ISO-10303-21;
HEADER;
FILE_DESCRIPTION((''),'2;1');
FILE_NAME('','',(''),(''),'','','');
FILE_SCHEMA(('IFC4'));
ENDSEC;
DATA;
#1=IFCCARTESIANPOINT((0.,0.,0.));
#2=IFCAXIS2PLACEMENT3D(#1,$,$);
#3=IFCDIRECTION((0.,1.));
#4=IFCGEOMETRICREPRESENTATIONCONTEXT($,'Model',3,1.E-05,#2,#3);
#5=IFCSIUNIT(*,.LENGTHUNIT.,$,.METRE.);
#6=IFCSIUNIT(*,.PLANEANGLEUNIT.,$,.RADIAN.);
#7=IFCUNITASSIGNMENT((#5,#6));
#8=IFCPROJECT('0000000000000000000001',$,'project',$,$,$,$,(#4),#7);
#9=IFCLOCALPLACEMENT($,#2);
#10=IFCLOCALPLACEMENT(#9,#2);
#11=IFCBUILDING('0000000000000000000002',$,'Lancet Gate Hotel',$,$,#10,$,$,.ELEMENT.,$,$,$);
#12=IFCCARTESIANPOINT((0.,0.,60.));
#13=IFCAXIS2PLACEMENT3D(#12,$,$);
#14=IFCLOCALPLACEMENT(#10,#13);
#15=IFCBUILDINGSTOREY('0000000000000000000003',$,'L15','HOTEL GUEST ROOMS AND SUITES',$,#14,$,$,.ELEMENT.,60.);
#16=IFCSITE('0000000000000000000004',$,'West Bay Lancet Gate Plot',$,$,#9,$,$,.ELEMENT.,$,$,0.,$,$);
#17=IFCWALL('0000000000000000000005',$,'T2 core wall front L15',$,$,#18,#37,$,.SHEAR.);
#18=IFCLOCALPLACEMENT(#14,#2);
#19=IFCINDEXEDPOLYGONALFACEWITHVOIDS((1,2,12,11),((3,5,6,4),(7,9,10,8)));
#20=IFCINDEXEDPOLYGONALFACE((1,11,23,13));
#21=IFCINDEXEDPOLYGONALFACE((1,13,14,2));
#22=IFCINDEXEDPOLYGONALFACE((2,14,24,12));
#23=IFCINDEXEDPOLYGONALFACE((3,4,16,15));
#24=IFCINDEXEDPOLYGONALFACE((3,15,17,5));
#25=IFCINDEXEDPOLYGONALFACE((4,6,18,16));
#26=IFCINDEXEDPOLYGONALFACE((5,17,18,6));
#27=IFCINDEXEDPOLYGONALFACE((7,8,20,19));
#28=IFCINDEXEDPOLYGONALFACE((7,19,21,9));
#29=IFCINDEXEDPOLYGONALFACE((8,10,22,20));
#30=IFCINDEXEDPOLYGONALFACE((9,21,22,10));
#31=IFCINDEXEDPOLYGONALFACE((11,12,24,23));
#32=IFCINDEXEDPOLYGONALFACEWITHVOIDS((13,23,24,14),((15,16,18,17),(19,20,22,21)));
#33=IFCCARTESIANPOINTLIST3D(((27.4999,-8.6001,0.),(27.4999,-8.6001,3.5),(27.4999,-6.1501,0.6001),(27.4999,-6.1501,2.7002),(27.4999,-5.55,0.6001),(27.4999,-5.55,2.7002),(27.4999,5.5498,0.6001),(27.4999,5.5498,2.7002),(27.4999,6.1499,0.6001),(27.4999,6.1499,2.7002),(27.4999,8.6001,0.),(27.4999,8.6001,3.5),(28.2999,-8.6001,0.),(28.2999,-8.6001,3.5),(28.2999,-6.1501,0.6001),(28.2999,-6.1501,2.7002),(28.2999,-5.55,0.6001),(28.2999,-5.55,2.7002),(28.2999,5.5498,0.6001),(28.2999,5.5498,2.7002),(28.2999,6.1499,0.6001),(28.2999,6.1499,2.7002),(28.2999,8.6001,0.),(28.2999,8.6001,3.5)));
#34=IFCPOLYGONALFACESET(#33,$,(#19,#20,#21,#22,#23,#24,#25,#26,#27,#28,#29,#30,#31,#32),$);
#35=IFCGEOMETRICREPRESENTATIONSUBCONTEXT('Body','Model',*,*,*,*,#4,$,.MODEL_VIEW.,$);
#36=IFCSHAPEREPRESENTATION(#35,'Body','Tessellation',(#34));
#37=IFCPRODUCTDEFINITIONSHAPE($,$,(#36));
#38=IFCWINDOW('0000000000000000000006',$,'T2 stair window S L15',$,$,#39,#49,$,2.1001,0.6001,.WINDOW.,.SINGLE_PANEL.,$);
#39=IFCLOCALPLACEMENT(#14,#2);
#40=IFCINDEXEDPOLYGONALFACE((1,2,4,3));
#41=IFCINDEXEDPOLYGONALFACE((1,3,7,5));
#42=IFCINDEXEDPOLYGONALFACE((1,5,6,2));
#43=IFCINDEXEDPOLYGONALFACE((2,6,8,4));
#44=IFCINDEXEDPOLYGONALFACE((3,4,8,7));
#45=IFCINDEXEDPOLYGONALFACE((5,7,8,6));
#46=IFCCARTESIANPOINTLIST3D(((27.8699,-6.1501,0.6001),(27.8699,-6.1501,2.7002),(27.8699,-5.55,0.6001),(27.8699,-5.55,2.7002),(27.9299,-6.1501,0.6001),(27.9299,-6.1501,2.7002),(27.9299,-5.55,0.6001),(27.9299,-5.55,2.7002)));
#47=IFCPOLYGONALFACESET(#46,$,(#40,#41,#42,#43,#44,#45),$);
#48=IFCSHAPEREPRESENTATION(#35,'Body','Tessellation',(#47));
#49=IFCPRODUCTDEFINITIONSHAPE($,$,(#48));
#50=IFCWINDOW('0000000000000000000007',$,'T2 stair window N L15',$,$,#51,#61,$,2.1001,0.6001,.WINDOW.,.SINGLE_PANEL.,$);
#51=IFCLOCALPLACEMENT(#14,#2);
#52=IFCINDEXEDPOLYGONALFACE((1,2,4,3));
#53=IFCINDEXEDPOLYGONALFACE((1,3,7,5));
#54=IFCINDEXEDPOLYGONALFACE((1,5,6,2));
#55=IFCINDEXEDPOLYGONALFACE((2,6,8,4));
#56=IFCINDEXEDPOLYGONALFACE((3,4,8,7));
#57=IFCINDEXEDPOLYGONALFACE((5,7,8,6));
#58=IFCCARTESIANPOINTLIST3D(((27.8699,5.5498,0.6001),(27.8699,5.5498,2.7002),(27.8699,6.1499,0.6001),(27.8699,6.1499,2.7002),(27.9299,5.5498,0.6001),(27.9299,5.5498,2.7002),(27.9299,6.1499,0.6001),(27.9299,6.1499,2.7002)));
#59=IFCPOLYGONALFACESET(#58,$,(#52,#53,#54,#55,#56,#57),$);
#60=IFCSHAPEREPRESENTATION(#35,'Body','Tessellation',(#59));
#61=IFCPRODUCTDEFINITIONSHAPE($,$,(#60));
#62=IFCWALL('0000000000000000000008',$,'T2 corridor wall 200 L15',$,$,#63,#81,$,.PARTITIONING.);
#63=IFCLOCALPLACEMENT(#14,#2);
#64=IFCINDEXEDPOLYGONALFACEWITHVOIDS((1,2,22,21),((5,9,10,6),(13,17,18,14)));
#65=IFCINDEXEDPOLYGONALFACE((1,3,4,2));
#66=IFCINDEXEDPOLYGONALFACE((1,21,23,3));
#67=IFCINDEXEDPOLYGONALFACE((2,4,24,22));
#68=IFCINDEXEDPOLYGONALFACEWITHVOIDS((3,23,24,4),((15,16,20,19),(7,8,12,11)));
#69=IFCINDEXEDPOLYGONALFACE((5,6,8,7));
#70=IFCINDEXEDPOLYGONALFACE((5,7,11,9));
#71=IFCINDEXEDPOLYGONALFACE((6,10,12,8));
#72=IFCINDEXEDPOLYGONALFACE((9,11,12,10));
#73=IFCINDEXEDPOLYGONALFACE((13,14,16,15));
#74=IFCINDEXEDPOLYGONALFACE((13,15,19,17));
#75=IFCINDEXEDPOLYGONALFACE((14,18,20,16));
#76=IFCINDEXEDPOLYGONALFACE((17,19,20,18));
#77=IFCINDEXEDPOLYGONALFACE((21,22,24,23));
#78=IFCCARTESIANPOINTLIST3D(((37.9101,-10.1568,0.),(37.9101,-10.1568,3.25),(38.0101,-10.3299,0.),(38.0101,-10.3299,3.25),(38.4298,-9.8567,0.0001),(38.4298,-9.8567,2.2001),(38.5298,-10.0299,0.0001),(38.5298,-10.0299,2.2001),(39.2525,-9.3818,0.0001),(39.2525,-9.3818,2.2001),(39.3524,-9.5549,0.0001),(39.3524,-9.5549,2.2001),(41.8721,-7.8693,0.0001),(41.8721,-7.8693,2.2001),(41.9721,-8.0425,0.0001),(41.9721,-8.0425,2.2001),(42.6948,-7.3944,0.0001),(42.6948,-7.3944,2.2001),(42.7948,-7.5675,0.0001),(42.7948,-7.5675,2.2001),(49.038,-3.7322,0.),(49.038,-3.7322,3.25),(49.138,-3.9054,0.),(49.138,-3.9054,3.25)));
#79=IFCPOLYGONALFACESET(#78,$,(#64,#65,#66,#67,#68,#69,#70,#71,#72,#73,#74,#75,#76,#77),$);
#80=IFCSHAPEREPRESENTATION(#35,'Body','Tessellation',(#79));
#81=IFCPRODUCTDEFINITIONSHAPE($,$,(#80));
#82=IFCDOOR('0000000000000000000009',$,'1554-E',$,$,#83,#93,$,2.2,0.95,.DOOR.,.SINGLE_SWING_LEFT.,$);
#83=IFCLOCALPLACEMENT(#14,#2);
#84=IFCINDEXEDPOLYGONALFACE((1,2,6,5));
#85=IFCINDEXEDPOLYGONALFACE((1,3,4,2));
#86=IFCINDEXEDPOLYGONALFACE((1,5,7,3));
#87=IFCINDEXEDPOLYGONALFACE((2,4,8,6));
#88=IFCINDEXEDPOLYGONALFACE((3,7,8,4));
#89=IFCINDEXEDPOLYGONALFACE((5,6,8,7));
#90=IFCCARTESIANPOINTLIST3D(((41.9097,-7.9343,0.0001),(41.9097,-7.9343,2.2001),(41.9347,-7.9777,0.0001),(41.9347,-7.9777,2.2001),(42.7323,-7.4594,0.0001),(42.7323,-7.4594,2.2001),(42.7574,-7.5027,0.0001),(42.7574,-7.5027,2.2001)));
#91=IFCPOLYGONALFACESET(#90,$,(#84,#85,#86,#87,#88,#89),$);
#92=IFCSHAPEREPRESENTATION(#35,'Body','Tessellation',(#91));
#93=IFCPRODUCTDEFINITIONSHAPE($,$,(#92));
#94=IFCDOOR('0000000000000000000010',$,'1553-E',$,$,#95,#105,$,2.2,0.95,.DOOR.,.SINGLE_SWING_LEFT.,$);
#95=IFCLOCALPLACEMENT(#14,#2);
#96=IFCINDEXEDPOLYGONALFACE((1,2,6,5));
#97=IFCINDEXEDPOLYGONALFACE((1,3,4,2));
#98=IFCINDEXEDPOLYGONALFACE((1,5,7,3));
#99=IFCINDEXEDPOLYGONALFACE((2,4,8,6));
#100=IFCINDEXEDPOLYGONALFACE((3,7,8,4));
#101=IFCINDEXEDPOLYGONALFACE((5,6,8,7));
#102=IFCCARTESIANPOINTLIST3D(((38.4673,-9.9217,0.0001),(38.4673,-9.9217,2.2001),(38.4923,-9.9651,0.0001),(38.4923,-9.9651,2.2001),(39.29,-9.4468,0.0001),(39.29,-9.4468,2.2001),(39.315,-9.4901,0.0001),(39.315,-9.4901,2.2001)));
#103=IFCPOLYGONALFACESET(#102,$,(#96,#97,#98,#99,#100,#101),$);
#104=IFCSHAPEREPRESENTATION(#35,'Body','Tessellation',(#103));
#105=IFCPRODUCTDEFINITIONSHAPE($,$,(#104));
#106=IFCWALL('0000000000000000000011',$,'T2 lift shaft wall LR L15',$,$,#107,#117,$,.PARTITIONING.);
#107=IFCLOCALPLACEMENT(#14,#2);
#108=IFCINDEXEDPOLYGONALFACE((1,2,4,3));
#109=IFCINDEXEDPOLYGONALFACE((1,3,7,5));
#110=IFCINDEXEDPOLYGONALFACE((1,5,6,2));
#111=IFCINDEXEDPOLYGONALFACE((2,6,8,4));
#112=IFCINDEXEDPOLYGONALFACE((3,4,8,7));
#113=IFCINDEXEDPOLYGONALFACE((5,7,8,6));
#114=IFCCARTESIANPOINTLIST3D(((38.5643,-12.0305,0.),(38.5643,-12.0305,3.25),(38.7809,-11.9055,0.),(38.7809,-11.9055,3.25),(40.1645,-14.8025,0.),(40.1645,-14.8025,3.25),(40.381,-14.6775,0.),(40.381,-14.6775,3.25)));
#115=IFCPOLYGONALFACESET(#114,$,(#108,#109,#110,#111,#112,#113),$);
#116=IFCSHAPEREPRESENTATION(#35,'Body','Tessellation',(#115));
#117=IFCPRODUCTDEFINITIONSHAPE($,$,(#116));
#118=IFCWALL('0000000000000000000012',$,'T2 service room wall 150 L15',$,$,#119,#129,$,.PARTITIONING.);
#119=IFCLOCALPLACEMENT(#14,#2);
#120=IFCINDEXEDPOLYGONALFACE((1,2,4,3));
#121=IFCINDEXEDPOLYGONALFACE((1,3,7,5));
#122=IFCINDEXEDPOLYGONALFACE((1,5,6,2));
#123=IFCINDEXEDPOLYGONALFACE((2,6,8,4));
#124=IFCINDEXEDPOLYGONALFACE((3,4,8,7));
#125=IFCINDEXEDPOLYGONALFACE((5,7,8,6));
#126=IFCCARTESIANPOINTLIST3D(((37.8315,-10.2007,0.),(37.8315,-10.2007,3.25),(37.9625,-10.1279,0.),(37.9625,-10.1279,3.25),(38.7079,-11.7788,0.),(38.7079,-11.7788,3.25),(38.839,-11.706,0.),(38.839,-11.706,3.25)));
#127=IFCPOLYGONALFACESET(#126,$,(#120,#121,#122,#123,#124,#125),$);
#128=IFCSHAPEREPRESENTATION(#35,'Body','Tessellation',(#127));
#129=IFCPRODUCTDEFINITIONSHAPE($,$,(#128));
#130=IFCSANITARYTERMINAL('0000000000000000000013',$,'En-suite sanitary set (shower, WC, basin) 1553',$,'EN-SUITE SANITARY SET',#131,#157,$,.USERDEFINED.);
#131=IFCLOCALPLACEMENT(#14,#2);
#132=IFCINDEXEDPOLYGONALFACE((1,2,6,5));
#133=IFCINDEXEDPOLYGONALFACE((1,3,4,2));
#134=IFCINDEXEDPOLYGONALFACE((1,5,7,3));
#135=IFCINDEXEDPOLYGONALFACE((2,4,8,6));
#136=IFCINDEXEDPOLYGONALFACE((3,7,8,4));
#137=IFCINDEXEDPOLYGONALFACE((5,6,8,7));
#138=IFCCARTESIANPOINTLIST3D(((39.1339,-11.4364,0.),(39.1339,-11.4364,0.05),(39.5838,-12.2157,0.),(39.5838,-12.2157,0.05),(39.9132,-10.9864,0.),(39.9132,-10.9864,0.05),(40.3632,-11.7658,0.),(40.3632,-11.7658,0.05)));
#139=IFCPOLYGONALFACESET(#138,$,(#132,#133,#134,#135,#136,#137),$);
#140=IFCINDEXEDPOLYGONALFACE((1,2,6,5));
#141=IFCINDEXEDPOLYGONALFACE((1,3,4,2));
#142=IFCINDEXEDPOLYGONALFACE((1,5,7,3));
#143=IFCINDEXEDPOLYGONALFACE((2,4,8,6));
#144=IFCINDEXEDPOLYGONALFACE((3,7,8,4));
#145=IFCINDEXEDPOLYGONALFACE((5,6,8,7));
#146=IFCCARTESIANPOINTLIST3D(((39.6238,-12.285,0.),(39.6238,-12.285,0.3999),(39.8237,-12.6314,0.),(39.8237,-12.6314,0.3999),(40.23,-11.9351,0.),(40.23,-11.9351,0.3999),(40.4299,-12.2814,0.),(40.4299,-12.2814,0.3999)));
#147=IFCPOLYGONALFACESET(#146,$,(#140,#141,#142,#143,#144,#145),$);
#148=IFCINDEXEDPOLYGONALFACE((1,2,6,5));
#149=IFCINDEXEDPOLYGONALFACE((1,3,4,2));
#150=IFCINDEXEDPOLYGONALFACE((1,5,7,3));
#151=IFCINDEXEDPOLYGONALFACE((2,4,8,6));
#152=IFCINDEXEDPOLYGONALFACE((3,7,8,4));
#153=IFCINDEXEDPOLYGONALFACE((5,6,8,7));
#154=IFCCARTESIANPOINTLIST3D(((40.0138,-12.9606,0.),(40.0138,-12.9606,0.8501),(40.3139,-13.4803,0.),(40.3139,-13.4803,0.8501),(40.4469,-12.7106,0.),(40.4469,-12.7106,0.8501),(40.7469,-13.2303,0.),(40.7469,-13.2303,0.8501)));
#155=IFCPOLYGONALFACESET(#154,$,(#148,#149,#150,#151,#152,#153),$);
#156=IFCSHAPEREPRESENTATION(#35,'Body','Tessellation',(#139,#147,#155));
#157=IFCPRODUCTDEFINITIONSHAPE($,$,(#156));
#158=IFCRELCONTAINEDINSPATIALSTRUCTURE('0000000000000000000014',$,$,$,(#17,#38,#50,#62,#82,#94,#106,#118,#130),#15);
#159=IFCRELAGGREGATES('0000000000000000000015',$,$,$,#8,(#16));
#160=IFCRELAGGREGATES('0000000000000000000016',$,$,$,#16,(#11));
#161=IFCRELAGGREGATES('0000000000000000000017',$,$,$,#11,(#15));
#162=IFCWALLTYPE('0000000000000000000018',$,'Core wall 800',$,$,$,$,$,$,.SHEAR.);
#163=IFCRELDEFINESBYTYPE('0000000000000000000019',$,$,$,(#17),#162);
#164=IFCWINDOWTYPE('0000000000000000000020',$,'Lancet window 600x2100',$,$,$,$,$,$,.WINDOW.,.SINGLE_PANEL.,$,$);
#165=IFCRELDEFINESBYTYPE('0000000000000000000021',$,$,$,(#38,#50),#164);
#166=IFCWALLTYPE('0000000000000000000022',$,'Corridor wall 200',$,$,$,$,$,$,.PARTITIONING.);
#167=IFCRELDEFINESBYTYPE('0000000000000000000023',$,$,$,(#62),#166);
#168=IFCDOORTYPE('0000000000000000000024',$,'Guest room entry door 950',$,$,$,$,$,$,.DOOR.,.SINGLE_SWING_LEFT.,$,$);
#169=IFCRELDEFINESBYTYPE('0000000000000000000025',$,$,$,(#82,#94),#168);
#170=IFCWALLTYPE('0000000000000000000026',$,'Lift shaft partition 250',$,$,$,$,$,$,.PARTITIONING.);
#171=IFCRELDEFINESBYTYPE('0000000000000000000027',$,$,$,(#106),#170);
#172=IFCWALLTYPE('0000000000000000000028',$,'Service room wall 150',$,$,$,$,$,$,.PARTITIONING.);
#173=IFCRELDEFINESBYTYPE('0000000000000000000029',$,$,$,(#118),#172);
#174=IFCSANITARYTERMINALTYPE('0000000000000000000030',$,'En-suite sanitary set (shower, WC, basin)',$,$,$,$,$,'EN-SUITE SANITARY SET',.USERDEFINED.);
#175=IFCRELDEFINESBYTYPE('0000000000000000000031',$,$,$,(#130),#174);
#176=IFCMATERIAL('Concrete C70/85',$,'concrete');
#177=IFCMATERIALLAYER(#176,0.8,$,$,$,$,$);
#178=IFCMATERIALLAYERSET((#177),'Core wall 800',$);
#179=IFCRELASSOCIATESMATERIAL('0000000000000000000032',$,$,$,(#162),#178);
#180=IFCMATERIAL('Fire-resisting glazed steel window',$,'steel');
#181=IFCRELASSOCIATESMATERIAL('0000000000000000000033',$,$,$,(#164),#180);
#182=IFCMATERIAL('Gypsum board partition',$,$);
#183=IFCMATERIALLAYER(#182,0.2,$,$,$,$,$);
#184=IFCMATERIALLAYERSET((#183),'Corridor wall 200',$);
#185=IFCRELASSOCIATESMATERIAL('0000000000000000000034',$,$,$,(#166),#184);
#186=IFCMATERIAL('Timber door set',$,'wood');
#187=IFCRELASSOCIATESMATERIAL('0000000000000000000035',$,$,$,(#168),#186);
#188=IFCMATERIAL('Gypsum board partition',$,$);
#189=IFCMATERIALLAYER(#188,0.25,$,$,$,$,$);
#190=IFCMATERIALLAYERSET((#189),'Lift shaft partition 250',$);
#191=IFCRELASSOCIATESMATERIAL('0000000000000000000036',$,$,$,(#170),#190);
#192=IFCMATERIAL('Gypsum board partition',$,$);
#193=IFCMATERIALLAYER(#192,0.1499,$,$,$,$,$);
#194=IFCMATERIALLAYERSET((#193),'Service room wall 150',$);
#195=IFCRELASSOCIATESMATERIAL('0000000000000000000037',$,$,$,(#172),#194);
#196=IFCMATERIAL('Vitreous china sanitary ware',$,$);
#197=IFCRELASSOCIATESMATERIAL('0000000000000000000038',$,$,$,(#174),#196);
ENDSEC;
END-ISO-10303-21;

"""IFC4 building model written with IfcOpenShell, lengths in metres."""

from ifc_helpers import new_model, si_unit, direction, frame, frame_2d, origin, origin_2d, place, context, subcontext, project, spatial, rectangle, extrude, material, layer, layer_set, type_object, element, fill, save


model = new_model("IFC4")

# Units and contexts
model_context = context("Model", 3, precision=1e-05, world=origin(), true_north=direction((0.0, 1.0)))
body_context = subcontext(model_context, "Body", "Model", "MODEL_VIEW")
ifc_project = project(units=[si_unit("LENGTHUNIT", "METRE"), si_unit("PLANEANGLEUNIT", "RADIAN")], contexts=[model_context])

# Site, building, storey
site_placement = place(None, origin())
site = spatial("IfcSite", under=ifc_project, at=site_placement, Name="West Bay Lancet Gate Plot", CompositionType="ELEMENT", RefElevation=0.0)
building_placement = place(site_placement, origin())
building = spatial("IfcBuilding", under=site, at=building_placement, Name="Lancet Gate Hotel", CompositionType="ELEMENT")
storey_placement = place(building_placement, frame((0.0, 0.0, 60.0)))
storey = spatial("IfcBuildingStorey", under=building, at=storey_placement, Name="L15", Description="HOTEL GUEST ROOMS AND SUITES", CompositionType="ELEMENT", Elevation=60.0)

# Wall, openings, windows
ifc_material_1 = material(Name="Concrete C70/85", Category="concrete")
ifc_layer_1 = layer(ifc_material_1, 0.8)
ifc_layer_set_1 = layer_set([ifc_layer_1], Name="Core wall 800")
wall_type_1 = type_object("IfcWallType", Name="Core wall 800", PredefinedType="SHEAR", material=ifc_layer_set_1)
wall_1_placement = place(storey_placement, frame((27.8999, -8.6001, 0.0), z_axis=(0.0, 0.0, 1.0), x_axis=(0.0, 1.0, 0.0)))
wall_1 = element("IfcWall", 1, at=wall_1_placement, inside=storey, type_object=wall_type_1, Name="T2 core wall front L15", PredefinedType="SHEAR", context=body_context, shape_type="SweptSolid", body=[
    extrude(rectangle(XDim=17.2002, YDim=0.8, at=frame_2d((8.6001, 0.0))), origin(), (0.0, 0.0, 1.0), 3.5),
])
opening_1_placement = place(wall_1_placement, frame((2.45, 0.0, 0.6001)))
opening_1 = element("IfcOpeningElement", 2, at=opening_1_placement, cuts=wall_1, PredefinedType="OPENING", context=body_context, shape_type="SweptSolid", body=[
    extrude(rectangle(XDim=0.6001, YDim=2.1001, at=frame_2d((0.3, 1.05))), frame((0.0, 0.4099, 0.0), z_axis=(0.0, -1.0, 0.0), x_axis=(1.0, 0.0, 0.0)), (0.0, 0.0, 1.0), 0.8201),
])
opening_2_placement = place(wall_1_placement, frame((14.1499, 0.0, 0.6001)))
opening_2 = element("IfcOpeningElement", 3, at=opening_2_placement, cuts=wall_1, PredefinedType="OPENING", context=body_context, shape_type="SweptSolid", body=[
    extrude(rectangle(XDim=0.6001, YDim=2.1001, at=frame_2d((0.3, 1.05))), frame((0.0, 0.4099, 0.0), z_axis=(0.0, -1.0, 0.0), x_axis=(1.0, 0.0, 0.0)), (0.0, 0.0, 1.0), 0.8201),
])
ifc_material_2 = material(Name="Fire-resisting glazed steel window", Category="steel")
window_type = type_object("IfcWindowType", Name="Lancet window 600x2100", PartitioningType="SINGLE_PANEL", PredefinedType="WINDOW", material=ifc_material_2)
window_1_placement = place(opening_1_placement, origin())
window_1 = element("IfcWindow", 4, at=window_1_placement, inside=storey, type_object=window_type, Name="T2 stair window S L15", OverallHeight=2.1001, OverallWidth=0.6001, PartitioningType="SINGLE_PANEL", PredefinedType="WINDOW", context=body_context, shape_type="SweptSolid", body=[
    extrude(rectangle(XDim=0.6001, YDim=2.1001, at=frame_2d((0.3, 1.05))), frame((0.0, 0.03, 0.0), z_axis=(0.0, -1.0, 0.0), x_axis=(1.0, 0.0, 0.0)), (0.0, 0.0, 1.0), 0.0601),
])
fill(opening_1, window_1)
window_2_placement = place(opening_2_placement, origin())
window_2 = element("IfcWindow", 5, at=window_2_placement, inside=storey, type_object=window_type, Name="T2 stair window N L15", OverallHeight=2.1001, OverallWidth=0.6001, PartitioningType="SINGLE_PANEL", PredefinedType="WINDOW", context=body_context, shape_type="SweptSolid", body=[
    extrude(rectangle(XDim=0.6001, YDim=2.1001, at=frame_2d((0.3, 1.05))), frame((0.0, 0.03, 0.0), z_axis=(0.0, -1.0, 0.0), x_axis=(1.0, 0.0, 0.0)), (0.0, 0.0, 1.0), 0.0601),
])
fill(opening_2, window_2)

# Wall, openings, doors
ifc_material_3 = material(Name="Gypsum board partition")
ifc_layer_2 = layer(ifc_material_3, 0.2)
ifc_layer_set_2 = layer_set([ifc_layer_2], Name="Corridor wall 200")
wall_type_2 = type_object("IfcWallType", Name="Corridor wall 200", PredefinedType="PARTITIONING", material=ifc_layer_set_2)
wall_2_placement = place(storey_placement, frame((37.96, -10.2434, 0.0), z_axis=(0.0, 0.0, 1.0), x_axis=(0.866031, 0.499991, 0.0)))
wall_2 = element("IfcWall", 6, at=wall_2_placement, inside=storey, type_object=wall_type_2, Name="T2 corridor wall 200 L15", PredefinedType="PARTITIONING", context=body_context, shape_type="SweptSolid", body=[
    extrude(rectangle(XDim=12.8494, YDim=0.2, at=frame_2d((6.4248, 0.0))), origin(), (0.0, 0.0, 1.0), 3.25),
])
opening_3_placement = place(wall_2_placement, frame((4.575, 0.0, 0.0)))
opening_3 = element("IfcOpeningElement", 7, at=opening_3_placement, cuts=wall_2, PredefinedType="OPENING", context=body_context, shape_type="SweptSolid", body=[
    extrude(rectangle(XDim=0.95, YDim=2.2, at=frame_2d((0.4751, 1.1001))), frame((0.0, 0.1099, 0.0), z_axis=(0.0, -1.0, 0.0), x_axis=(1.0, 0.0, 0.0)), (0.0, 0.0, 1.0), 0.22),
])
opening_4_placement = place(wall_2_placement, frame((0.6001, 0.0, 0.0)))
opening_4 = element("IfcOpeningElement", 8, at=opening_4_placement, cuts=wall_2, PredefinedType="OPENING", context=body_context, shape_type="SweptSolid", body=[
    extrude(rectangle(XDim=0.95, YDim=2.2, at=frame_2d((0.4751, 1.1001))), frame((0.0, 0.1099, 0.0), z_axis=(0.0, -1.0, 0.0), x_axis=(1.0, 0.0, 0.0)), (0.0, 0.0, 1.0), 0.22),
])
ifc_material_4 = material(Name="Timber door set", Category="wood")
door_type_1 = type_object("IfcDoorType", Name="Guest room entry door 950", OperationType="SINGLE_SWING_LEFT", PredefinedType="DOOR", material=ifc_material_4)
door_1_placement = place(opening_3_placement, origin())
door_1 = element("IfcDoor", 9, at=door_1_placement, inside=storey, type_object=door_type_1, Name="1554-E", OperationType="SINGLE_SWING_LEFT", OverallHeight=2.2, OverallWidth=0.95, PredefinedType="DOOR", context=body_context, shape_type="SweptSolid", body=[
    extrude(rectangle(XDim=0.95, YDim=2.2, at=frame_2d((0.4751, 1.1001))), frame((0.0, 0.0249, 0.0), z_axis=(0.0, -1.0, 0.0), x_axis=(1.0, 0.0, 0.0)), (0.0, 0.0, 1.0), 0.05),
])
fill(opening_3, door_1)
door_2_placement = place(opening_4_placement, origin())
door_2 = element("IfcDoor", 10, at=door_2_placement, inside=storey, type_object=door_type_1, Name="1553-E", OperationType="SINGLE_SWING_LEFT", OverallHeight=2.2, OverallWidth=0.95, PredefinedType="DOOR", context=body_context, shape_type="SweptSolid", body=[
    extrude(rectangle(XDim=0.95, YDim=2.2, at=frame_2d((0.4751, 1.1001))), frame((0.0, 0.0249, 0.0), z_axis=(0.0, -1.0, 0.0), x_axis=(1.0, 0.0, 0.0)), (0.0, 0.0, 1.0), 0.05),
])
fill(opening_4, door_2)

# Walls
ifc_material_5 = material(Name="Gypsum board partition")
ifc_layer_3 = layer(ifc_material_5, 0.25)
ifc_layer_set_3 = layer_set([ifc_layer_3], Name="Lift shaft partition 250")
wall_type_3 = type_object("IfcWallType", Name="Lift shaft partition 250", PredefinedType="PARTITIONING", material=ifc_layer_set_3)
wall_3_placement = place(storey_placement, frame((38.6726, -11.968, 0.0), z_axis=(0.0, 0.0, 1.0), x_axis=(0.499929, -0.866066, 0.0)))
element("IfcWall", 11, at=wall_3_placement, inside=storey, type_object=wall_type_3, Name="T2 lift shaft wall LR L15", PredefinedType="PARTITIONING", context=body_context, shape_type="SweptSolid", body=[
    extrude(rectangle(XDim=3.2007, YDim=0.25, at=frame_2d((1.6003, 0.0))), origin(), (0.0, 0.0, 1.0), 3.25),
])
ifc_material_6 = material(Name="Gypsum board partition")
ifc_layer_4 = layer(ifc_material_6, 0.1499)
ifc_layer_set_4 = layer_set([ifc_layer_4], Name="Service room wall 150")
wall_type_4 = type_object("IfcWallType", Name="Service room wall 150", PredefinedType="PARTITIONING", material=ifc_layer_set_4)
wall_4_placement = place(storey_placement, frame((38.7734, -11.7424, 0.0), z_axis=(0.0, 0.0, 1.0), x_axis=(-0.485528, 0.874221, 0.0)))
element("IfcWall", 12, at=wall_4_placement, inside=storey, type_object=wall_type_4, Name="T2 service room wall 150 L15", PredefinedType="PARTITIONING", context=body_context, shape_type="SweptSolid", body=[
    extrude(rectangle(XDim=1.8052, YDim=0.1499, at=frame_2d((0.9026, 0.0))), origin(), (0.0, 0.0, 1.0), 3.25),
])

# Sanitary terminal
ifc_material_7 = material(Name="Vitreous china sanitary ware")
sanitary_terminal_type = type_object("IfcSanitaryTerminalType", Name="En-suite sanitary set (shower, WC, basin)", ElementType="EN-SUITE SANITARY SET", PredefinedType="USERDEFINED", material=ifc_material_7)
sanitary_terminal_placement = place(storey_placement, frame((39.7485, -11.6011, 0.0), z_axis=(0.0, 0.0, 1.0), x_axis=(1.0, 0.0, 0.0)))
element("IfcSanitaryTerminal", 13, at=sanitary_terminal_placement, inside=storey, type_object=sanitary_terminal_type, Name="En-suite sanitary set (shower, WC, basin) 1553", ObjectType="EN-SUITE SANITARY SET", PredefinedType="USERDEFINED", context=body_context, shape_type="SweptSolid", body=[
    extrude(rectangle(XDim=0.8999, YDim=0.8999, at=origin_2d()), frame((0.0, 0.0, 0.0), z_axis=(0.0, 0.0, 1.0), x_axis=(-0.5, 0.866025, 0.0)), (0.0, 0.0, 1.0), 0.05),
    extrude(rectangle(XDim=0.3999, YDim=0.7, at=origin_2d()), frame((0.2783, -0.6821, 0.0), z_axis=(0.0, 0.0, 1.0), x_axis=(-0.5, 0.866025, 0.0)), (0.0, 0.0, 1.0), 0.3999),
    extrude(rectangle(XDim=0.6001, YDim=0.5, at=origin_2d()), frame((0.6318, -1.4944, 0.0), z_axis=(0.0, 0.0, 1.0), x_axis=(-0.5, 0.866025, 0.0)), (0.0, 0.0, 1.0), 0.8501),
])

save(model, "model.ifc")
